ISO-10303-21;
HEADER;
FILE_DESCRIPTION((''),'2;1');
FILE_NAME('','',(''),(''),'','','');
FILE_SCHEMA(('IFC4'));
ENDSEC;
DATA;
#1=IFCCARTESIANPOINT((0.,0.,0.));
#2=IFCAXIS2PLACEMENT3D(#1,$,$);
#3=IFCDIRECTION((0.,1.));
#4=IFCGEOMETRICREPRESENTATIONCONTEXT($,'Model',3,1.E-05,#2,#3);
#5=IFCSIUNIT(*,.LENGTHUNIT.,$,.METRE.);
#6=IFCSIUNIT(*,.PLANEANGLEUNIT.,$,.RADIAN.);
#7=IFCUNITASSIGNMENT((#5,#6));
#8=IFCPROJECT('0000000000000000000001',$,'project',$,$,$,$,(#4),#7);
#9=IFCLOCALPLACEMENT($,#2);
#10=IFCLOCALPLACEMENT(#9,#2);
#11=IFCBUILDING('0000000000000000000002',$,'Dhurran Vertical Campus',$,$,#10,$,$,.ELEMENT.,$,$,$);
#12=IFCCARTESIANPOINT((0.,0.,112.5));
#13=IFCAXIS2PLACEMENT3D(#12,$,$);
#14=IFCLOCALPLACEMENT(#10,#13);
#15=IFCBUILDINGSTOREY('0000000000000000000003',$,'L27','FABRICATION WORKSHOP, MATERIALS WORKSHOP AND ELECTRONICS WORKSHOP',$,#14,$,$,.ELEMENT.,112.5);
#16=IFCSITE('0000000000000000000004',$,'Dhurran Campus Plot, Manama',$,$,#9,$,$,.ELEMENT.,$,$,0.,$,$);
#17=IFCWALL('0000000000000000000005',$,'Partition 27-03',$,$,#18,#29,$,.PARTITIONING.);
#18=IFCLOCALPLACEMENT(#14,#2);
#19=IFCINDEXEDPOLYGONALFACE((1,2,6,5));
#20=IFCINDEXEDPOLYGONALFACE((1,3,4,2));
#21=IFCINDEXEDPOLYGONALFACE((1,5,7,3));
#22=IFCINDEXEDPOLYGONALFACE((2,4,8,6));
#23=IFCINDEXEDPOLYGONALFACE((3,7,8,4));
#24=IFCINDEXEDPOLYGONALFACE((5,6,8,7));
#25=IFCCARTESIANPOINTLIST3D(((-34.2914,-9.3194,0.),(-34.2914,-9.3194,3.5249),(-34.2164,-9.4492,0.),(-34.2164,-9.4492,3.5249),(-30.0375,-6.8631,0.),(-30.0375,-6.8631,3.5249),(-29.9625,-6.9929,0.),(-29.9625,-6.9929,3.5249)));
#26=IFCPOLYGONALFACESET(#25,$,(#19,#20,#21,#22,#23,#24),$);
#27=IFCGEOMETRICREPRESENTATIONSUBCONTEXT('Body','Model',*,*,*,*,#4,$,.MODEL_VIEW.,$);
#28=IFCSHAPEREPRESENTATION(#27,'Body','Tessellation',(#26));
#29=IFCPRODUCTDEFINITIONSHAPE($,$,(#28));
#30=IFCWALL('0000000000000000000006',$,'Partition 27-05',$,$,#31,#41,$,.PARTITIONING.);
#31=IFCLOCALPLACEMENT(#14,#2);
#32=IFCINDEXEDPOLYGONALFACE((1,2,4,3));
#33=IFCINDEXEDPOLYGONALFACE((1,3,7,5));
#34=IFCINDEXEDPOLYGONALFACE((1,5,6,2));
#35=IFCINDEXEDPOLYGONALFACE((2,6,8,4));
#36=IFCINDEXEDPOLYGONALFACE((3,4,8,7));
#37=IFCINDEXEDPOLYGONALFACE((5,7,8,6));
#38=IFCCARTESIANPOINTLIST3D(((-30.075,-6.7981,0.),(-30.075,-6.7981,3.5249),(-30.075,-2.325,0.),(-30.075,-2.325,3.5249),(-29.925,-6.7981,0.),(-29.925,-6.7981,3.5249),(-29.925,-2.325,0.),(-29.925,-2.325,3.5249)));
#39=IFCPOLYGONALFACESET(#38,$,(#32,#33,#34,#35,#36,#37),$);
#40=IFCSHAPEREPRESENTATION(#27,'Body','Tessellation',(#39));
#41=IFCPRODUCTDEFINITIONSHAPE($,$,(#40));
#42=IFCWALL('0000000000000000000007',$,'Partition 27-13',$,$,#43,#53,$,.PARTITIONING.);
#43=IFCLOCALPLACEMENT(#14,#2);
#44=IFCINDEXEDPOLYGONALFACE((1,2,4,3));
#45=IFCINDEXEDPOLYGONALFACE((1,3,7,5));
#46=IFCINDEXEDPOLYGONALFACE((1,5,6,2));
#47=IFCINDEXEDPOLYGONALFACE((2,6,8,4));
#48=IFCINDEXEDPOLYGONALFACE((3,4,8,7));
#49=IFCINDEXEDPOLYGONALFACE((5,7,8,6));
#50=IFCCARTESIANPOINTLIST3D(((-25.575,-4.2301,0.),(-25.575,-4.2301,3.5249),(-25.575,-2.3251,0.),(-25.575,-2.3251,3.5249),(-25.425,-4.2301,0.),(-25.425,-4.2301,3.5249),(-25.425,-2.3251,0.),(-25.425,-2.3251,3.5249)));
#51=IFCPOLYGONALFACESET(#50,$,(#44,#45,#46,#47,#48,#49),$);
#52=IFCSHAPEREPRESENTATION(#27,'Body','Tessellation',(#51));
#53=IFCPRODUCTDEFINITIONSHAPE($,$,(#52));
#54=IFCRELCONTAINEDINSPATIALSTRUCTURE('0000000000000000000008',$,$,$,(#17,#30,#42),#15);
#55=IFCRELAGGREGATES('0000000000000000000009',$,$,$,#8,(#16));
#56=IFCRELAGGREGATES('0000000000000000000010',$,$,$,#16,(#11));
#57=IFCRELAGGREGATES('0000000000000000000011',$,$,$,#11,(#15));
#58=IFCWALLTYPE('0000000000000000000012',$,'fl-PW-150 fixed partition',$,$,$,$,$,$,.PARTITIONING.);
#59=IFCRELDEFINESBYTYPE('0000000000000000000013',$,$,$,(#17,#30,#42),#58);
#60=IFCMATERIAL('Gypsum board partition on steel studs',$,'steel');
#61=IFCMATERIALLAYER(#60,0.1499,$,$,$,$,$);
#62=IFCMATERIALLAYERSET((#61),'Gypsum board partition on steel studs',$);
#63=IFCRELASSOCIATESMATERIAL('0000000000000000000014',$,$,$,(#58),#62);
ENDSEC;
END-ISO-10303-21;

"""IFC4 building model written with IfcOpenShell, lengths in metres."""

from ifc_helpers import new_model, si_unit, direction, frame, frame_2d, origin, place, context, subcontext, project, spatial, rectangle, extrude, material, layer, layer_set, type_object, element, save


model = new_model("IFC4")

# Units and contexts
model_context = context("Model", 3, precision=1e-05, world=origin(), true_north=direction((0.0, 1.0)))
body_context = subcontext(model_context, "Body", "Model", "MODEL_VIEW")
ifc_project = project(units=[si_unit("LENGTHUNIT", "METRE"), si_unit("PLANEANGLEUNIT", "RADIAN")], contexts=[model_context])

# Site, building, storey
site_placement = place(None, origin())
site = spatial("IfcSite", under=ifc_project, at=site_placement, Name="Dhurran Campus Plot, Manama", CompositionType="ELEMENT", RefElevation=0.0)
building_placement = place(site_placement, origin())
building = spatial("IfcBuilding", under=site, at=building_placement, Name="Dhurran Vertical Campus", CompositionType="ELEMENT")
storey_placement = place(building_placement, frame((0.0, 0.0, 112.5)))
storey = spatial("IfcBuildingStorey", under=building, at=storey_placement, Name="L27", Description="FABRICATION WORKSHOP, MATERIALS WORKSHOP AND ELECTRONICS WORKSHOP", CompositionType="ELEMENT", Elevation=112.5)

# Walls
ifc_material_1 = material(Name="Gypsum board partition on steel studs", Category="steel")
ifc_layer_1 = layer(ifc_material_1, 0.1499)
ifc_layer_set_1 = layer_set([ifc_layer_1], Name="Gypsum board partition on steel studs")
wall_type_1 = type_object("IfcWallType", Name="fl-PW-150 fixed partition", PredefinedType="PARTITIONING", material=ifc_layer_set_1)
wall_1_placement = place(storey_placement, frame((-30.0, -6.928, 0.0), z_axis=(0.0, 0.0, 1.0), x_axis=(-0.865999, -0.500047, 0.0)))
element("IfcWall", 1, at=wall_1_placement, inside=storey, type_object=wall_type_1, Name="Partition 27-03", PredefinedType="PARTITIONING", context=body_context, shape_type="SweptSolid", body=[
    extrude(rectangle(XDim=4.9121, YDim=0.1499, at=frame_2d((2.4561, 0.0))), origin(), (0.0, 0.0, 1.0), 3.5249),
])
wall_2_placement = place(storey_placement, frame((-30.0, -2.325, 0.0), z_axis=(0.0, 0.0, 1.0), x_axis=(0.0, -1.0, 0.0)))
element("IfcWall", 2, at=wall_2_placement, inside=storey, type_object=wall_type_1, Name="Partition 27-05", PredefinedType="PARTITIONING", context=body_context, shape_type="SweptSolid", body=[
    extrude(rectangle(XDim=4.4731, YDim=0.1499, at=frame_2d((2.2366, 0.0))), origin(), (0.0, 0.0, 1.0), 3.5249),
])
wall_3_placement = place(storey_placement, frame((-25.5, -2.325, 0.0), z_axis=(0.0, 0.0, 1.0), x_axis=(0.0, -1.0, 0.0)))
element("IfcWall", 3, at=wall_3_placement, inside=storey, type_object=wall_type_1, Name="Partition 27-13", PredefinedType="PARTITIONING", context=body_context, shape_type="SweptSolid", body=[
    extrude(rectangle(XDim=1.905, YDim=0.1499, at=frame_2d((0.9526, 0.0))), origin(), (0.0, 0.0, 1.0), 3.5249),
])

save(model, "model.ifc")
